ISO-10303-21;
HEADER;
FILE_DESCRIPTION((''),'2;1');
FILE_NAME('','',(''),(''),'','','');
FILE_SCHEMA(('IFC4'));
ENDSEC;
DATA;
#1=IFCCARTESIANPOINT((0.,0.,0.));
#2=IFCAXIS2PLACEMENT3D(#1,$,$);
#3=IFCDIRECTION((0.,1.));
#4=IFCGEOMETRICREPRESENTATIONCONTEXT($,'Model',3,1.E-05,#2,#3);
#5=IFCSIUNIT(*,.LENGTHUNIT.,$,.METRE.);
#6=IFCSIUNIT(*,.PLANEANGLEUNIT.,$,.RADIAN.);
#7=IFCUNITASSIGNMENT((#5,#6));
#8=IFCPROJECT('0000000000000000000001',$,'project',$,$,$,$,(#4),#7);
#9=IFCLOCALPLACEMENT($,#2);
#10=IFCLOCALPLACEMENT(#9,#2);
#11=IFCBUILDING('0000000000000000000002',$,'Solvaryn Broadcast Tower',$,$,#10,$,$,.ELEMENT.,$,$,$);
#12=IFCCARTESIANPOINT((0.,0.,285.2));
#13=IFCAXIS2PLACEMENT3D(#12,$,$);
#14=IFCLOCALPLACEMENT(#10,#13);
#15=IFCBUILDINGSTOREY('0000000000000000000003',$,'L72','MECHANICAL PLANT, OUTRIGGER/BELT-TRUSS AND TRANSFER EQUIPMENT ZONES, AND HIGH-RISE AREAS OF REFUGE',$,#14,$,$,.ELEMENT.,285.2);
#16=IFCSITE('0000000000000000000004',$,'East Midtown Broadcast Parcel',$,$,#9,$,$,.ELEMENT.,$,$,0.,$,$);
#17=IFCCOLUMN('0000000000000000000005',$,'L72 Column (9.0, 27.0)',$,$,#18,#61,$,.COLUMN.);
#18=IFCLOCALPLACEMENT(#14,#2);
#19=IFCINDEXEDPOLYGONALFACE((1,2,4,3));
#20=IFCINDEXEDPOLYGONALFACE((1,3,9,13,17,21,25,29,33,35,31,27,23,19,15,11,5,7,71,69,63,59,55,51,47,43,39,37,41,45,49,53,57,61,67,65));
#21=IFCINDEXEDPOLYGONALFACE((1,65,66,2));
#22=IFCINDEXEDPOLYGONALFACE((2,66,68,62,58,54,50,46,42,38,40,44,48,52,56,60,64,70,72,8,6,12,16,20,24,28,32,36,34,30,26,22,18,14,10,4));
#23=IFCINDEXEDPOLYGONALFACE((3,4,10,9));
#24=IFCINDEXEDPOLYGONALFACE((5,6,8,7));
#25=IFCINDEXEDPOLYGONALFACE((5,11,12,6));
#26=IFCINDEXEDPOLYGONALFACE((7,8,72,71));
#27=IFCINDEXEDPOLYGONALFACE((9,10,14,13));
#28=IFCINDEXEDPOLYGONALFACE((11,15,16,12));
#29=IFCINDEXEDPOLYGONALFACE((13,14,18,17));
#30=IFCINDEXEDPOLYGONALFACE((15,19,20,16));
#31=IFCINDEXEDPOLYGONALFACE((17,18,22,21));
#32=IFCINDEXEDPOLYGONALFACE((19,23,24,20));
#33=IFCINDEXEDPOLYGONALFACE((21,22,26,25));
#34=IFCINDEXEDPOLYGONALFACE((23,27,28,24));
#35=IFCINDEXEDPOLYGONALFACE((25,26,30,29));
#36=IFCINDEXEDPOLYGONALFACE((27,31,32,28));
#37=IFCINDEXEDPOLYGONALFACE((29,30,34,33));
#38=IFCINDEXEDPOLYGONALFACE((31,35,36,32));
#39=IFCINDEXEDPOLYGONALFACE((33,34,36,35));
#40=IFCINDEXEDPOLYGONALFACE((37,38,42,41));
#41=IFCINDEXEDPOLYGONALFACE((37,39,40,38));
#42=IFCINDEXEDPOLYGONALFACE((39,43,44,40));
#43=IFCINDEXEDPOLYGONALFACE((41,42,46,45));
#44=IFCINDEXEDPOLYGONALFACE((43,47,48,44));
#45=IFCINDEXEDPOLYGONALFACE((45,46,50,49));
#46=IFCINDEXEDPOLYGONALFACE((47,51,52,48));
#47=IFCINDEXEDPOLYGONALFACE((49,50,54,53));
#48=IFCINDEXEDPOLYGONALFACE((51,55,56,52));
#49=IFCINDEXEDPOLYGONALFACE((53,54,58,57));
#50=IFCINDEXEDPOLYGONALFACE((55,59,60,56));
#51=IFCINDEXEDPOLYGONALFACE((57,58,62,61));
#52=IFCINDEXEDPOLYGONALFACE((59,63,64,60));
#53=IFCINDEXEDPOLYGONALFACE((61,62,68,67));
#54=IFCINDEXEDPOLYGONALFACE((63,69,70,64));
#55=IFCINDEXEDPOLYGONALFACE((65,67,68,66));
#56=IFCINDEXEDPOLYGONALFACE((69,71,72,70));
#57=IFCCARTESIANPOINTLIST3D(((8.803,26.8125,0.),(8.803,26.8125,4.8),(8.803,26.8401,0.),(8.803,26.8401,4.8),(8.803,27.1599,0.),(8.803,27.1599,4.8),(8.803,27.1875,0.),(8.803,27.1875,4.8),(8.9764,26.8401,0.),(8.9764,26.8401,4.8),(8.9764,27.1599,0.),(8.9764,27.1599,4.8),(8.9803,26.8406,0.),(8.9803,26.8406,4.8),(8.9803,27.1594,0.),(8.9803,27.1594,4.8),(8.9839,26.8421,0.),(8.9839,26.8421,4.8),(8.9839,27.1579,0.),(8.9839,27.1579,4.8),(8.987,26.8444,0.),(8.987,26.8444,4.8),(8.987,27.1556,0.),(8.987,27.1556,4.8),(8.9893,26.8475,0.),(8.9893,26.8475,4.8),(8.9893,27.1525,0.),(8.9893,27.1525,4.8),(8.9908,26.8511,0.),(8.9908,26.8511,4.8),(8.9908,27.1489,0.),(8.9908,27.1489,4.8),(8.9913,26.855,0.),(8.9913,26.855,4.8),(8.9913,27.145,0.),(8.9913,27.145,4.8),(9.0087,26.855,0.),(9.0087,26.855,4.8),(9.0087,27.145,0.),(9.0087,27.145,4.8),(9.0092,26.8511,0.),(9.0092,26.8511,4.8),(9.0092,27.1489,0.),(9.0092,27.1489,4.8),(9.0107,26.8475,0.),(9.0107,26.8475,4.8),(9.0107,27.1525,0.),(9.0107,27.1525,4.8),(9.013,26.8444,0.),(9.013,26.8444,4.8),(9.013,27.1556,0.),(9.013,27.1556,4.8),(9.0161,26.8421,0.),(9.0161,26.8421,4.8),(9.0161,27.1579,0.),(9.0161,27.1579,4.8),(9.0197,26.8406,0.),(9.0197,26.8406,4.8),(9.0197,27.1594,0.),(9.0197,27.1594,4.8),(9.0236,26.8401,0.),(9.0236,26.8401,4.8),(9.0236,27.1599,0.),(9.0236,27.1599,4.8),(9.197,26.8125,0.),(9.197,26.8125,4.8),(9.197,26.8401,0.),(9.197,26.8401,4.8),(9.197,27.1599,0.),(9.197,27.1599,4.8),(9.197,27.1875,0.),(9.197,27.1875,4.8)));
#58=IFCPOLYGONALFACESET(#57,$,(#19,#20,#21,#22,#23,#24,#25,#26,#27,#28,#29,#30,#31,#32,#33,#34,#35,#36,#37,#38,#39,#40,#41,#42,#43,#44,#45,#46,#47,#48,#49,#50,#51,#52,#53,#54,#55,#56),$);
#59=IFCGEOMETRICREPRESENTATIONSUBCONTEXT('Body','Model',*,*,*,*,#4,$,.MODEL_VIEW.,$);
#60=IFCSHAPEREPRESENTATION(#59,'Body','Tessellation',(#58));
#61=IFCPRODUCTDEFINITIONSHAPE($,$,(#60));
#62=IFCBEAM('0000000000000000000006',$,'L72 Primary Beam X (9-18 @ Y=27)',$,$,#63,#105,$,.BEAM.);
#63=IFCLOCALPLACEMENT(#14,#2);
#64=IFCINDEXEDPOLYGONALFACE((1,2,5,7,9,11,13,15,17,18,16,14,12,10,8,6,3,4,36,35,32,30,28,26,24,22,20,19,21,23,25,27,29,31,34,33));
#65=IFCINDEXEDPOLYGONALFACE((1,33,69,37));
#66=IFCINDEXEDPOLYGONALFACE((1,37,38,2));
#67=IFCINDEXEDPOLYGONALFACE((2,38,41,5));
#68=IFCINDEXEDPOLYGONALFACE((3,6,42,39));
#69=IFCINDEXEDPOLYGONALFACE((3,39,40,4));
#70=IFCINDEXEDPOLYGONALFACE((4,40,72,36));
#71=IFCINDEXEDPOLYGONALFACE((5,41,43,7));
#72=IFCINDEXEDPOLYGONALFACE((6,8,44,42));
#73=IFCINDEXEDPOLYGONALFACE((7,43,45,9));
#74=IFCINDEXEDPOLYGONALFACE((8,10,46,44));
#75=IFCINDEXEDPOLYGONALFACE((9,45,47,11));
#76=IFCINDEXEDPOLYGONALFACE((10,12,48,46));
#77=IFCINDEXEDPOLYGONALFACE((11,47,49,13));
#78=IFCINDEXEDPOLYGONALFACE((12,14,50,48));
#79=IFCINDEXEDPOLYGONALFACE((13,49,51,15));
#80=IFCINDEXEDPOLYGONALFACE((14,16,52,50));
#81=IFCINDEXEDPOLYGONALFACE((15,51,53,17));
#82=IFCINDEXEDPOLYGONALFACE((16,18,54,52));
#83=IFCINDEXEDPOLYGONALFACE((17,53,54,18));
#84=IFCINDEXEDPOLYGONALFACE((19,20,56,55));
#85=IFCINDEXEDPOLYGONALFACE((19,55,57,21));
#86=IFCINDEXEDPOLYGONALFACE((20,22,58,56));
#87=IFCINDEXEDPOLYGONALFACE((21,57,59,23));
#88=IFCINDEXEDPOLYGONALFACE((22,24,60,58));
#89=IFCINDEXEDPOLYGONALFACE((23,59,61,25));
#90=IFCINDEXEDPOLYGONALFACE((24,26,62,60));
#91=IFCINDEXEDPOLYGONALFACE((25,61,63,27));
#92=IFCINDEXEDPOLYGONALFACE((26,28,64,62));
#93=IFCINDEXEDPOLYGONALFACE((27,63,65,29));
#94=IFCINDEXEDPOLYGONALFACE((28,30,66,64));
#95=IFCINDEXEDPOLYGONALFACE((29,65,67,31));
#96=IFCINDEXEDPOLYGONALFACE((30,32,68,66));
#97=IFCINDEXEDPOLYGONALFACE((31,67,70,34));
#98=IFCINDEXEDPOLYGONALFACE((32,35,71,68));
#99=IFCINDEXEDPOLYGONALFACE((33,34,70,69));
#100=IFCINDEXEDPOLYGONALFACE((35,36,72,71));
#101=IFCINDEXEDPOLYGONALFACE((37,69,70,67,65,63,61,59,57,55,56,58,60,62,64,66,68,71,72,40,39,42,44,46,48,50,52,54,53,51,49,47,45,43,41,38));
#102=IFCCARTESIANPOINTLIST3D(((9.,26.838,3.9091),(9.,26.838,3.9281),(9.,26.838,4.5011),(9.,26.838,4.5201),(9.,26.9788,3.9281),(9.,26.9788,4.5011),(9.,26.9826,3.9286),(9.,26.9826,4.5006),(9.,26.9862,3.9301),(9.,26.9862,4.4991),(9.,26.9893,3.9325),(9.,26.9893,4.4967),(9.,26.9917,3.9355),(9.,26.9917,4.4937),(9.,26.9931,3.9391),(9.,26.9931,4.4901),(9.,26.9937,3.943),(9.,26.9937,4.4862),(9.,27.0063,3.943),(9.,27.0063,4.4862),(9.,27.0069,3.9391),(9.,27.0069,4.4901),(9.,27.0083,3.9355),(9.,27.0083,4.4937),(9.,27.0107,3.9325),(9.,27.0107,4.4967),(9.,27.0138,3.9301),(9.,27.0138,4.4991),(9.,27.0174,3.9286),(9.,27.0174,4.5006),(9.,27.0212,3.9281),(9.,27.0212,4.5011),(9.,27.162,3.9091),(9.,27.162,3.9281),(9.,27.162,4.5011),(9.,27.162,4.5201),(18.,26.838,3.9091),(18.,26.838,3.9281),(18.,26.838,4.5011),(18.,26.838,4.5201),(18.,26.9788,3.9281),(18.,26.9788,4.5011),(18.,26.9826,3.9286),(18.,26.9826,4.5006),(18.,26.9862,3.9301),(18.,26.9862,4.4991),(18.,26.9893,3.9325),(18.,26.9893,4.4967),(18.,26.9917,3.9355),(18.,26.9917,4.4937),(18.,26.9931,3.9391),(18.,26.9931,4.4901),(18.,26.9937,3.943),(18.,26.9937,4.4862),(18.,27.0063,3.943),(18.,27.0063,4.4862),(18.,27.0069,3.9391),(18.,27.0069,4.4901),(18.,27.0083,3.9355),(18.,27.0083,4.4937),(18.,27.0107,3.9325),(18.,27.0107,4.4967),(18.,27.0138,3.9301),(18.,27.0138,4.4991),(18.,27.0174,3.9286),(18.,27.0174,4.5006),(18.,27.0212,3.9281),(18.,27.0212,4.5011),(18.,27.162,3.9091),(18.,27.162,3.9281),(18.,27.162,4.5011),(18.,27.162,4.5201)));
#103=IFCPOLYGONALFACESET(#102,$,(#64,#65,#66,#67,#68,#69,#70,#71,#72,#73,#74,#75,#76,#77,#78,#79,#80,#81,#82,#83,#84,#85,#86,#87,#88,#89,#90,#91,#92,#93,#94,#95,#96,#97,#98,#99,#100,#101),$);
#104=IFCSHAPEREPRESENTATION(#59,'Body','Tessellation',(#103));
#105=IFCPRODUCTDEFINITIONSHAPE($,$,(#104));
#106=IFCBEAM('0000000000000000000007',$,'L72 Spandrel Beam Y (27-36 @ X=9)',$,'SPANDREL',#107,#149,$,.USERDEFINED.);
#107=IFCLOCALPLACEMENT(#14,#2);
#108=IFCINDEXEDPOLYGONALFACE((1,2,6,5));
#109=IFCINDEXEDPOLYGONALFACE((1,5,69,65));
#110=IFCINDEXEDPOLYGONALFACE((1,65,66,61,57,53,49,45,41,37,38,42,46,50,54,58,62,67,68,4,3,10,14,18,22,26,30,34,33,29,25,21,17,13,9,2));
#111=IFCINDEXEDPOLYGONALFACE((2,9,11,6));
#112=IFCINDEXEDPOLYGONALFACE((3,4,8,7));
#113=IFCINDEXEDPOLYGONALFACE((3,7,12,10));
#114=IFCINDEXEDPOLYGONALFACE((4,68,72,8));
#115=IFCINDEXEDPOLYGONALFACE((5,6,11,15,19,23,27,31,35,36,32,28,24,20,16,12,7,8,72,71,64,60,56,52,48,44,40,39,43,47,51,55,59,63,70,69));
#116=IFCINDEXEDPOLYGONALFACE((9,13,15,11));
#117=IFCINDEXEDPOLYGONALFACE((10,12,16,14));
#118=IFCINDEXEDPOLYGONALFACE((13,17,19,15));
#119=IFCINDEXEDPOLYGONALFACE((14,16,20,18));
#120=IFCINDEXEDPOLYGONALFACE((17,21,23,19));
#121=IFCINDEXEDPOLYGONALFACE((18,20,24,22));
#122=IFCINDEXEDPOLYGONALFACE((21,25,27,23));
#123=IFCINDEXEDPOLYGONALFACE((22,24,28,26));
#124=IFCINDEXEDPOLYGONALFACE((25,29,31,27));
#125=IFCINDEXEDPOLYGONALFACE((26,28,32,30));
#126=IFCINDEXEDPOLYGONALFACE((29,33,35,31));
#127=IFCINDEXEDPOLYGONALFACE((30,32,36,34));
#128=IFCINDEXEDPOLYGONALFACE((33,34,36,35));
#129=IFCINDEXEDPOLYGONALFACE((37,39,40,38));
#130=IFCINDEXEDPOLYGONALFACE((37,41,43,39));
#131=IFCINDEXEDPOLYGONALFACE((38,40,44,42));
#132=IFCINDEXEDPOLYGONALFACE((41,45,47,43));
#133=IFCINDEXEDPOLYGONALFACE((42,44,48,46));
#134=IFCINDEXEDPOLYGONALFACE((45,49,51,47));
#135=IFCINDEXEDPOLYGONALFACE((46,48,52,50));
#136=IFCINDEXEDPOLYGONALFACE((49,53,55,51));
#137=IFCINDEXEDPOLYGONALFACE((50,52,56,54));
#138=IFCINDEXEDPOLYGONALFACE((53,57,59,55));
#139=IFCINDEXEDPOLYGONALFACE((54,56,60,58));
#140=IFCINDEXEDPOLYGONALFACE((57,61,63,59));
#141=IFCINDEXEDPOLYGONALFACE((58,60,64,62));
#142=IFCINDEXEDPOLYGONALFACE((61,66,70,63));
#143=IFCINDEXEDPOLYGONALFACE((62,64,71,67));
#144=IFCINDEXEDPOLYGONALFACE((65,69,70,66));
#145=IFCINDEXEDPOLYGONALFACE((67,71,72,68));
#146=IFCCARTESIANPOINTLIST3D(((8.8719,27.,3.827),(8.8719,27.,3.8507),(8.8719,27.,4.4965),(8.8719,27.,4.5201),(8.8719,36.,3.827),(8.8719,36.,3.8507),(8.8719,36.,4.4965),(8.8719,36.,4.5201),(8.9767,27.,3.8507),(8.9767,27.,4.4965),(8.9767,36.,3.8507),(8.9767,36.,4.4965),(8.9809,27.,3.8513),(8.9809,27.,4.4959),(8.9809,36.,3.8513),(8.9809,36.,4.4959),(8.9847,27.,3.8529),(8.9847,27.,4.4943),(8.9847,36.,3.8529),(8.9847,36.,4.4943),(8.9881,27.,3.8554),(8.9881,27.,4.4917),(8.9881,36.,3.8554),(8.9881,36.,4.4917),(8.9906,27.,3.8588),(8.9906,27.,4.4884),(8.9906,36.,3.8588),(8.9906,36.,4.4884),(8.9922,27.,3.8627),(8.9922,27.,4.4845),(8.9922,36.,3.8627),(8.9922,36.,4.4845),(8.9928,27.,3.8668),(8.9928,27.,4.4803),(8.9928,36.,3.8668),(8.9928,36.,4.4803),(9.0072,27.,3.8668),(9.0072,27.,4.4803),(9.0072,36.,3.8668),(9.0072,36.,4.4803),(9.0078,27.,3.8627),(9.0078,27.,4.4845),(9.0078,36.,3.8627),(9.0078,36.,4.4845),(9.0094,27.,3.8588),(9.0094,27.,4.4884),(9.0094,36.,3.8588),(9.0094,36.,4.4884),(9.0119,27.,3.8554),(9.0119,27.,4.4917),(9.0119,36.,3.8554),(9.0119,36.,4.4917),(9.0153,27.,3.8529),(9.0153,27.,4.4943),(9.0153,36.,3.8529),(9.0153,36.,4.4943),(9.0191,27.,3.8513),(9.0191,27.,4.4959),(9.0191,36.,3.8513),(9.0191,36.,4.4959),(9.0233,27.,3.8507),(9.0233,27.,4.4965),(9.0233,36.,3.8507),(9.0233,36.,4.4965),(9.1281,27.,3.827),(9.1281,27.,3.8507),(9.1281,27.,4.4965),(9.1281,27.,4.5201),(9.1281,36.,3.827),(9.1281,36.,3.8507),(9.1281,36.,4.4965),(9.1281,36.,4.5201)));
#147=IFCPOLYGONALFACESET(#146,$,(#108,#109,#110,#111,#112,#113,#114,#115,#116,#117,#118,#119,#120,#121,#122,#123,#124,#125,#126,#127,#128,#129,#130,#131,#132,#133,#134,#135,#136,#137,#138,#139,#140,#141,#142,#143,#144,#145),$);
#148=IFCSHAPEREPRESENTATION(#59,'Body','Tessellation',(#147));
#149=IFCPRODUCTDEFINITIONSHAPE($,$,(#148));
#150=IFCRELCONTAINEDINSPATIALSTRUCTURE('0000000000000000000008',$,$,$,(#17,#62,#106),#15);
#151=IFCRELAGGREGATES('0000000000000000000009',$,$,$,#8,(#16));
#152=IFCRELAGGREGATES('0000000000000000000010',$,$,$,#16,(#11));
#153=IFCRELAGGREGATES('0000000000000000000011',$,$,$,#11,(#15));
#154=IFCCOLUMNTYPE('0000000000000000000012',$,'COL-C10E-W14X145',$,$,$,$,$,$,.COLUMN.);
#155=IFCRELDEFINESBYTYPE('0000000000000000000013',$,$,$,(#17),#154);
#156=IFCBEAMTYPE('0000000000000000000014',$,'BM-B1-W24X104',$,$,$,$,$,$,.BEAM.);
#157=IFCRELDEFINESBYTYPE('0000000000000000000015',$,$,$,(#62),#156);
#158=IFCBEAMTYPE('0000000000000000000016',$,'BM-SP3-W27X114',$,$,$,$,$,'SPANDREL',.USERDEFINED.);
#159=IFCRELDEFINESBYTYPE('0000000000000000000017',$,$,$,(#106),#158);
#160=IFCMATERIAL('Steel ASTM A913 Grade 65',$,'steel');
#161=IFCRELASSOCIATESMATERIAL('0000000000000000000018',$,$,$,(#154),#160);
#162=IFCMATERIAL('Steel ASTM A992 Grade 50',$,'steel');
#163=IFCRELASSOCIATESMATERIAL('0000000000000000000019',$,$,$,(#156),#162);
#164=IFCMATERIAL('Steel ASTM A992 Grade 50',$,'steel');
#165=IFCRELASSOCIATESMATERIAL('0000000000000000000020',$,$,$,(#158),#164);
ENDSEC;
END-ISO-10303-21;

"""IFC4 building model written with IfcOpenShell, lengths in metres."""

from ifc_helpers import new_model, si_unit, direction, frame, origin, origin_2d, place, context, subcontext, project, spatial, i_section, extrude, material, material_profile, profile_set, type_object, element, save


model = new_model("IFC4")

# Units and contexts
model_context = context("Model", 3, precision=1e-05, world=origin(), true_north=direction((0.0, 1.0)))
body_context = subcontext(model_context, "Body", "Model", "MODEL_VIEW")
ifc_project = project(units=[si_unit("LENGTHUNIT", "METRE"), si_unit("PLANEANGLEUNIT", "RADIAN")], contexts=[model_context])

# Site, building, storey
site_placement = place(None, origin())
site = spatial("IfcSite", under=ifc_project, at=site_placement, Name="East Midtown Broadcast Parcel", CompositionType="ELEMENT", RefElevation=0.0)
building_placement = place(site_placement, origin())
building = spatial("IfcBuilding", under=site, at=building_placement, Name="Solvaryn Broadcast Tower", CompositionType="ELEMENT")
storey_placement = place(building_placement, frame((0.0, 0.0, 285.2)))
storey = spatial("IfcBuildingStorey", under=building, at=storey_placement, Name="L72", Description="MECHANICAL PLANT, OUTRIGGER/BELT-TRUSS AND TRANSFER EQUIPMENT ZONES, AND HIGH-RISE AREAS OF REFUGE", CompositionType="ELEMENT", Elevation=285.2)

# Column
ifc_material_1 = material(Name="Steel ASTM A913 Grade 65", Category="steel")
ifc_material_profile_1 = material_profile(ifc_material_1, i_section(OverallWidth=0.394, OverallDepth=0.375, WebThickness=0.0173, FlangeThickness=0.0276, FilletRadius=0.0149, at=origin_2d()))
ifc_profile_set_1 = profile_set([ifc_material_profile_1], Name="Steel ASTM A913 Grade 65")
column_type = type_object("IfcColumnType", Name="COL-C10E-W14X145", PredefinedType="COLUMN", material=ifc_profile_set_1)
column_placement = place(storey_placement, frame((9.0, 27.0, 0.0), z_axis=(0.0, 0.0, 1.0), x_axis=(1.0, 0.0, 0.0)))
element("IfcColumn", 1, at=column_placement, inside=storey, type_object=column_type, Name="L72 Column (9.0, 27.0)", PredefinedType="COLUMN", context=body_context, shape_type="SweptSolid", body=[
    extrude(i_section(OverallWidth=0.394, OverallDepth=0.375, WebThickness=0.0173, FlangeThickness=0.0276, FilletRadius=0.0149, at=origin_2d()), origin(), (0.0, 0.0, 1.0), 4.8),
])

# Beams
ifc_material_2 = material(Name="Steel ASTM A992 Grade 50", Category="steel")
ifc_material_profile_2 = material_profile(ifc_material_2, i_section(OverallWidth=0.324, OverallDepth=0.6111, WebThickness=0.0127, FlangeThickness=0.019, FilletRadius=0.0149, at=origin_2d()))
ifc_profile_set_2 = profile_set([ifc_material_profile_2], Name="Steel ASTM A992 Grade 50")
beam_type_1 = type_object("IfcBeamType", Name="BM-B1-W24X104", PredefinedType="BEAM", material=ifc_profile_set_2)
beam_1_placement = place(storey_placement, frame((9.0, 27.0, 4.2146), z_axis=(1.0, 0.0, 0.0), x_axis=(0.0, 1.0, 0.0)))
element("IfcBeam", 2, at=beam_1_placement, inside=storey, type_object=beam_type_1, Name="L72 Primary Beam X (9-18 @ Y=27)", PredefinedType="BEAM", context=body_context, shape_type="SweptSolid", body=[
    extrude(i_section(OverallWidth=0.324, OverallDepth=0.6111, WebThickness=0.0127, FlangeThickness=0.019, FilletRadius=0.0149, at=origin_2d()), origin(), (0.0, 0.0, 1.0), 9.0),
])
ifc_material_3 = material(Name="Steel ASTM A992 Grade 50", Category="steel")
ifc_material_profile_3 = material_profile(ifc_material_3, i_section(OverallWidth=0.2561, OverallDepth=0.6931, WebThickness=0.0144, FlangeThickness=0.0237, FilletRadius=0.0161, at=origin_2d()))
ifc_profile_set_3 = profile_set([ifc_material_profile_3], Name="Steel ASTM A992 Grade 50")
beam_type_2 = type_object("IfcBeamType", Name="BM-SP3-W27X114", ElementType="SPANDREL", PredefinedType="USERDEFINED", material=ifc_profile_set_3)
beam_2_placement = place(storey_placement, frame((9.0, 27.0, 4.1736), z_axis=(0.0, 1.0, 0.0), x_axis=(-1.0, 0.0, 0.0)))
element("IfcBeam", 3, at=beam_2_placement, inside=storey, type_object=beam_type_2, Name="L72 Spandrel Beam Y (27-36 @ X=9)", ObjectType="SPANDREL", PredefinedType="USERDEFINED", context=body_context, shape_type="SweptSolid", body=[
    extrude(i_section(OverallWidth=0.2561, OverallDepth=0.6931, WebThickness=0.0144, FlangeThickness=0.0237, FilletRadius=0.0161, at=origin_2d()), origin(), (0.0, 0.0, 1.0), 9.0),
])

save(model, "model.ifc")
